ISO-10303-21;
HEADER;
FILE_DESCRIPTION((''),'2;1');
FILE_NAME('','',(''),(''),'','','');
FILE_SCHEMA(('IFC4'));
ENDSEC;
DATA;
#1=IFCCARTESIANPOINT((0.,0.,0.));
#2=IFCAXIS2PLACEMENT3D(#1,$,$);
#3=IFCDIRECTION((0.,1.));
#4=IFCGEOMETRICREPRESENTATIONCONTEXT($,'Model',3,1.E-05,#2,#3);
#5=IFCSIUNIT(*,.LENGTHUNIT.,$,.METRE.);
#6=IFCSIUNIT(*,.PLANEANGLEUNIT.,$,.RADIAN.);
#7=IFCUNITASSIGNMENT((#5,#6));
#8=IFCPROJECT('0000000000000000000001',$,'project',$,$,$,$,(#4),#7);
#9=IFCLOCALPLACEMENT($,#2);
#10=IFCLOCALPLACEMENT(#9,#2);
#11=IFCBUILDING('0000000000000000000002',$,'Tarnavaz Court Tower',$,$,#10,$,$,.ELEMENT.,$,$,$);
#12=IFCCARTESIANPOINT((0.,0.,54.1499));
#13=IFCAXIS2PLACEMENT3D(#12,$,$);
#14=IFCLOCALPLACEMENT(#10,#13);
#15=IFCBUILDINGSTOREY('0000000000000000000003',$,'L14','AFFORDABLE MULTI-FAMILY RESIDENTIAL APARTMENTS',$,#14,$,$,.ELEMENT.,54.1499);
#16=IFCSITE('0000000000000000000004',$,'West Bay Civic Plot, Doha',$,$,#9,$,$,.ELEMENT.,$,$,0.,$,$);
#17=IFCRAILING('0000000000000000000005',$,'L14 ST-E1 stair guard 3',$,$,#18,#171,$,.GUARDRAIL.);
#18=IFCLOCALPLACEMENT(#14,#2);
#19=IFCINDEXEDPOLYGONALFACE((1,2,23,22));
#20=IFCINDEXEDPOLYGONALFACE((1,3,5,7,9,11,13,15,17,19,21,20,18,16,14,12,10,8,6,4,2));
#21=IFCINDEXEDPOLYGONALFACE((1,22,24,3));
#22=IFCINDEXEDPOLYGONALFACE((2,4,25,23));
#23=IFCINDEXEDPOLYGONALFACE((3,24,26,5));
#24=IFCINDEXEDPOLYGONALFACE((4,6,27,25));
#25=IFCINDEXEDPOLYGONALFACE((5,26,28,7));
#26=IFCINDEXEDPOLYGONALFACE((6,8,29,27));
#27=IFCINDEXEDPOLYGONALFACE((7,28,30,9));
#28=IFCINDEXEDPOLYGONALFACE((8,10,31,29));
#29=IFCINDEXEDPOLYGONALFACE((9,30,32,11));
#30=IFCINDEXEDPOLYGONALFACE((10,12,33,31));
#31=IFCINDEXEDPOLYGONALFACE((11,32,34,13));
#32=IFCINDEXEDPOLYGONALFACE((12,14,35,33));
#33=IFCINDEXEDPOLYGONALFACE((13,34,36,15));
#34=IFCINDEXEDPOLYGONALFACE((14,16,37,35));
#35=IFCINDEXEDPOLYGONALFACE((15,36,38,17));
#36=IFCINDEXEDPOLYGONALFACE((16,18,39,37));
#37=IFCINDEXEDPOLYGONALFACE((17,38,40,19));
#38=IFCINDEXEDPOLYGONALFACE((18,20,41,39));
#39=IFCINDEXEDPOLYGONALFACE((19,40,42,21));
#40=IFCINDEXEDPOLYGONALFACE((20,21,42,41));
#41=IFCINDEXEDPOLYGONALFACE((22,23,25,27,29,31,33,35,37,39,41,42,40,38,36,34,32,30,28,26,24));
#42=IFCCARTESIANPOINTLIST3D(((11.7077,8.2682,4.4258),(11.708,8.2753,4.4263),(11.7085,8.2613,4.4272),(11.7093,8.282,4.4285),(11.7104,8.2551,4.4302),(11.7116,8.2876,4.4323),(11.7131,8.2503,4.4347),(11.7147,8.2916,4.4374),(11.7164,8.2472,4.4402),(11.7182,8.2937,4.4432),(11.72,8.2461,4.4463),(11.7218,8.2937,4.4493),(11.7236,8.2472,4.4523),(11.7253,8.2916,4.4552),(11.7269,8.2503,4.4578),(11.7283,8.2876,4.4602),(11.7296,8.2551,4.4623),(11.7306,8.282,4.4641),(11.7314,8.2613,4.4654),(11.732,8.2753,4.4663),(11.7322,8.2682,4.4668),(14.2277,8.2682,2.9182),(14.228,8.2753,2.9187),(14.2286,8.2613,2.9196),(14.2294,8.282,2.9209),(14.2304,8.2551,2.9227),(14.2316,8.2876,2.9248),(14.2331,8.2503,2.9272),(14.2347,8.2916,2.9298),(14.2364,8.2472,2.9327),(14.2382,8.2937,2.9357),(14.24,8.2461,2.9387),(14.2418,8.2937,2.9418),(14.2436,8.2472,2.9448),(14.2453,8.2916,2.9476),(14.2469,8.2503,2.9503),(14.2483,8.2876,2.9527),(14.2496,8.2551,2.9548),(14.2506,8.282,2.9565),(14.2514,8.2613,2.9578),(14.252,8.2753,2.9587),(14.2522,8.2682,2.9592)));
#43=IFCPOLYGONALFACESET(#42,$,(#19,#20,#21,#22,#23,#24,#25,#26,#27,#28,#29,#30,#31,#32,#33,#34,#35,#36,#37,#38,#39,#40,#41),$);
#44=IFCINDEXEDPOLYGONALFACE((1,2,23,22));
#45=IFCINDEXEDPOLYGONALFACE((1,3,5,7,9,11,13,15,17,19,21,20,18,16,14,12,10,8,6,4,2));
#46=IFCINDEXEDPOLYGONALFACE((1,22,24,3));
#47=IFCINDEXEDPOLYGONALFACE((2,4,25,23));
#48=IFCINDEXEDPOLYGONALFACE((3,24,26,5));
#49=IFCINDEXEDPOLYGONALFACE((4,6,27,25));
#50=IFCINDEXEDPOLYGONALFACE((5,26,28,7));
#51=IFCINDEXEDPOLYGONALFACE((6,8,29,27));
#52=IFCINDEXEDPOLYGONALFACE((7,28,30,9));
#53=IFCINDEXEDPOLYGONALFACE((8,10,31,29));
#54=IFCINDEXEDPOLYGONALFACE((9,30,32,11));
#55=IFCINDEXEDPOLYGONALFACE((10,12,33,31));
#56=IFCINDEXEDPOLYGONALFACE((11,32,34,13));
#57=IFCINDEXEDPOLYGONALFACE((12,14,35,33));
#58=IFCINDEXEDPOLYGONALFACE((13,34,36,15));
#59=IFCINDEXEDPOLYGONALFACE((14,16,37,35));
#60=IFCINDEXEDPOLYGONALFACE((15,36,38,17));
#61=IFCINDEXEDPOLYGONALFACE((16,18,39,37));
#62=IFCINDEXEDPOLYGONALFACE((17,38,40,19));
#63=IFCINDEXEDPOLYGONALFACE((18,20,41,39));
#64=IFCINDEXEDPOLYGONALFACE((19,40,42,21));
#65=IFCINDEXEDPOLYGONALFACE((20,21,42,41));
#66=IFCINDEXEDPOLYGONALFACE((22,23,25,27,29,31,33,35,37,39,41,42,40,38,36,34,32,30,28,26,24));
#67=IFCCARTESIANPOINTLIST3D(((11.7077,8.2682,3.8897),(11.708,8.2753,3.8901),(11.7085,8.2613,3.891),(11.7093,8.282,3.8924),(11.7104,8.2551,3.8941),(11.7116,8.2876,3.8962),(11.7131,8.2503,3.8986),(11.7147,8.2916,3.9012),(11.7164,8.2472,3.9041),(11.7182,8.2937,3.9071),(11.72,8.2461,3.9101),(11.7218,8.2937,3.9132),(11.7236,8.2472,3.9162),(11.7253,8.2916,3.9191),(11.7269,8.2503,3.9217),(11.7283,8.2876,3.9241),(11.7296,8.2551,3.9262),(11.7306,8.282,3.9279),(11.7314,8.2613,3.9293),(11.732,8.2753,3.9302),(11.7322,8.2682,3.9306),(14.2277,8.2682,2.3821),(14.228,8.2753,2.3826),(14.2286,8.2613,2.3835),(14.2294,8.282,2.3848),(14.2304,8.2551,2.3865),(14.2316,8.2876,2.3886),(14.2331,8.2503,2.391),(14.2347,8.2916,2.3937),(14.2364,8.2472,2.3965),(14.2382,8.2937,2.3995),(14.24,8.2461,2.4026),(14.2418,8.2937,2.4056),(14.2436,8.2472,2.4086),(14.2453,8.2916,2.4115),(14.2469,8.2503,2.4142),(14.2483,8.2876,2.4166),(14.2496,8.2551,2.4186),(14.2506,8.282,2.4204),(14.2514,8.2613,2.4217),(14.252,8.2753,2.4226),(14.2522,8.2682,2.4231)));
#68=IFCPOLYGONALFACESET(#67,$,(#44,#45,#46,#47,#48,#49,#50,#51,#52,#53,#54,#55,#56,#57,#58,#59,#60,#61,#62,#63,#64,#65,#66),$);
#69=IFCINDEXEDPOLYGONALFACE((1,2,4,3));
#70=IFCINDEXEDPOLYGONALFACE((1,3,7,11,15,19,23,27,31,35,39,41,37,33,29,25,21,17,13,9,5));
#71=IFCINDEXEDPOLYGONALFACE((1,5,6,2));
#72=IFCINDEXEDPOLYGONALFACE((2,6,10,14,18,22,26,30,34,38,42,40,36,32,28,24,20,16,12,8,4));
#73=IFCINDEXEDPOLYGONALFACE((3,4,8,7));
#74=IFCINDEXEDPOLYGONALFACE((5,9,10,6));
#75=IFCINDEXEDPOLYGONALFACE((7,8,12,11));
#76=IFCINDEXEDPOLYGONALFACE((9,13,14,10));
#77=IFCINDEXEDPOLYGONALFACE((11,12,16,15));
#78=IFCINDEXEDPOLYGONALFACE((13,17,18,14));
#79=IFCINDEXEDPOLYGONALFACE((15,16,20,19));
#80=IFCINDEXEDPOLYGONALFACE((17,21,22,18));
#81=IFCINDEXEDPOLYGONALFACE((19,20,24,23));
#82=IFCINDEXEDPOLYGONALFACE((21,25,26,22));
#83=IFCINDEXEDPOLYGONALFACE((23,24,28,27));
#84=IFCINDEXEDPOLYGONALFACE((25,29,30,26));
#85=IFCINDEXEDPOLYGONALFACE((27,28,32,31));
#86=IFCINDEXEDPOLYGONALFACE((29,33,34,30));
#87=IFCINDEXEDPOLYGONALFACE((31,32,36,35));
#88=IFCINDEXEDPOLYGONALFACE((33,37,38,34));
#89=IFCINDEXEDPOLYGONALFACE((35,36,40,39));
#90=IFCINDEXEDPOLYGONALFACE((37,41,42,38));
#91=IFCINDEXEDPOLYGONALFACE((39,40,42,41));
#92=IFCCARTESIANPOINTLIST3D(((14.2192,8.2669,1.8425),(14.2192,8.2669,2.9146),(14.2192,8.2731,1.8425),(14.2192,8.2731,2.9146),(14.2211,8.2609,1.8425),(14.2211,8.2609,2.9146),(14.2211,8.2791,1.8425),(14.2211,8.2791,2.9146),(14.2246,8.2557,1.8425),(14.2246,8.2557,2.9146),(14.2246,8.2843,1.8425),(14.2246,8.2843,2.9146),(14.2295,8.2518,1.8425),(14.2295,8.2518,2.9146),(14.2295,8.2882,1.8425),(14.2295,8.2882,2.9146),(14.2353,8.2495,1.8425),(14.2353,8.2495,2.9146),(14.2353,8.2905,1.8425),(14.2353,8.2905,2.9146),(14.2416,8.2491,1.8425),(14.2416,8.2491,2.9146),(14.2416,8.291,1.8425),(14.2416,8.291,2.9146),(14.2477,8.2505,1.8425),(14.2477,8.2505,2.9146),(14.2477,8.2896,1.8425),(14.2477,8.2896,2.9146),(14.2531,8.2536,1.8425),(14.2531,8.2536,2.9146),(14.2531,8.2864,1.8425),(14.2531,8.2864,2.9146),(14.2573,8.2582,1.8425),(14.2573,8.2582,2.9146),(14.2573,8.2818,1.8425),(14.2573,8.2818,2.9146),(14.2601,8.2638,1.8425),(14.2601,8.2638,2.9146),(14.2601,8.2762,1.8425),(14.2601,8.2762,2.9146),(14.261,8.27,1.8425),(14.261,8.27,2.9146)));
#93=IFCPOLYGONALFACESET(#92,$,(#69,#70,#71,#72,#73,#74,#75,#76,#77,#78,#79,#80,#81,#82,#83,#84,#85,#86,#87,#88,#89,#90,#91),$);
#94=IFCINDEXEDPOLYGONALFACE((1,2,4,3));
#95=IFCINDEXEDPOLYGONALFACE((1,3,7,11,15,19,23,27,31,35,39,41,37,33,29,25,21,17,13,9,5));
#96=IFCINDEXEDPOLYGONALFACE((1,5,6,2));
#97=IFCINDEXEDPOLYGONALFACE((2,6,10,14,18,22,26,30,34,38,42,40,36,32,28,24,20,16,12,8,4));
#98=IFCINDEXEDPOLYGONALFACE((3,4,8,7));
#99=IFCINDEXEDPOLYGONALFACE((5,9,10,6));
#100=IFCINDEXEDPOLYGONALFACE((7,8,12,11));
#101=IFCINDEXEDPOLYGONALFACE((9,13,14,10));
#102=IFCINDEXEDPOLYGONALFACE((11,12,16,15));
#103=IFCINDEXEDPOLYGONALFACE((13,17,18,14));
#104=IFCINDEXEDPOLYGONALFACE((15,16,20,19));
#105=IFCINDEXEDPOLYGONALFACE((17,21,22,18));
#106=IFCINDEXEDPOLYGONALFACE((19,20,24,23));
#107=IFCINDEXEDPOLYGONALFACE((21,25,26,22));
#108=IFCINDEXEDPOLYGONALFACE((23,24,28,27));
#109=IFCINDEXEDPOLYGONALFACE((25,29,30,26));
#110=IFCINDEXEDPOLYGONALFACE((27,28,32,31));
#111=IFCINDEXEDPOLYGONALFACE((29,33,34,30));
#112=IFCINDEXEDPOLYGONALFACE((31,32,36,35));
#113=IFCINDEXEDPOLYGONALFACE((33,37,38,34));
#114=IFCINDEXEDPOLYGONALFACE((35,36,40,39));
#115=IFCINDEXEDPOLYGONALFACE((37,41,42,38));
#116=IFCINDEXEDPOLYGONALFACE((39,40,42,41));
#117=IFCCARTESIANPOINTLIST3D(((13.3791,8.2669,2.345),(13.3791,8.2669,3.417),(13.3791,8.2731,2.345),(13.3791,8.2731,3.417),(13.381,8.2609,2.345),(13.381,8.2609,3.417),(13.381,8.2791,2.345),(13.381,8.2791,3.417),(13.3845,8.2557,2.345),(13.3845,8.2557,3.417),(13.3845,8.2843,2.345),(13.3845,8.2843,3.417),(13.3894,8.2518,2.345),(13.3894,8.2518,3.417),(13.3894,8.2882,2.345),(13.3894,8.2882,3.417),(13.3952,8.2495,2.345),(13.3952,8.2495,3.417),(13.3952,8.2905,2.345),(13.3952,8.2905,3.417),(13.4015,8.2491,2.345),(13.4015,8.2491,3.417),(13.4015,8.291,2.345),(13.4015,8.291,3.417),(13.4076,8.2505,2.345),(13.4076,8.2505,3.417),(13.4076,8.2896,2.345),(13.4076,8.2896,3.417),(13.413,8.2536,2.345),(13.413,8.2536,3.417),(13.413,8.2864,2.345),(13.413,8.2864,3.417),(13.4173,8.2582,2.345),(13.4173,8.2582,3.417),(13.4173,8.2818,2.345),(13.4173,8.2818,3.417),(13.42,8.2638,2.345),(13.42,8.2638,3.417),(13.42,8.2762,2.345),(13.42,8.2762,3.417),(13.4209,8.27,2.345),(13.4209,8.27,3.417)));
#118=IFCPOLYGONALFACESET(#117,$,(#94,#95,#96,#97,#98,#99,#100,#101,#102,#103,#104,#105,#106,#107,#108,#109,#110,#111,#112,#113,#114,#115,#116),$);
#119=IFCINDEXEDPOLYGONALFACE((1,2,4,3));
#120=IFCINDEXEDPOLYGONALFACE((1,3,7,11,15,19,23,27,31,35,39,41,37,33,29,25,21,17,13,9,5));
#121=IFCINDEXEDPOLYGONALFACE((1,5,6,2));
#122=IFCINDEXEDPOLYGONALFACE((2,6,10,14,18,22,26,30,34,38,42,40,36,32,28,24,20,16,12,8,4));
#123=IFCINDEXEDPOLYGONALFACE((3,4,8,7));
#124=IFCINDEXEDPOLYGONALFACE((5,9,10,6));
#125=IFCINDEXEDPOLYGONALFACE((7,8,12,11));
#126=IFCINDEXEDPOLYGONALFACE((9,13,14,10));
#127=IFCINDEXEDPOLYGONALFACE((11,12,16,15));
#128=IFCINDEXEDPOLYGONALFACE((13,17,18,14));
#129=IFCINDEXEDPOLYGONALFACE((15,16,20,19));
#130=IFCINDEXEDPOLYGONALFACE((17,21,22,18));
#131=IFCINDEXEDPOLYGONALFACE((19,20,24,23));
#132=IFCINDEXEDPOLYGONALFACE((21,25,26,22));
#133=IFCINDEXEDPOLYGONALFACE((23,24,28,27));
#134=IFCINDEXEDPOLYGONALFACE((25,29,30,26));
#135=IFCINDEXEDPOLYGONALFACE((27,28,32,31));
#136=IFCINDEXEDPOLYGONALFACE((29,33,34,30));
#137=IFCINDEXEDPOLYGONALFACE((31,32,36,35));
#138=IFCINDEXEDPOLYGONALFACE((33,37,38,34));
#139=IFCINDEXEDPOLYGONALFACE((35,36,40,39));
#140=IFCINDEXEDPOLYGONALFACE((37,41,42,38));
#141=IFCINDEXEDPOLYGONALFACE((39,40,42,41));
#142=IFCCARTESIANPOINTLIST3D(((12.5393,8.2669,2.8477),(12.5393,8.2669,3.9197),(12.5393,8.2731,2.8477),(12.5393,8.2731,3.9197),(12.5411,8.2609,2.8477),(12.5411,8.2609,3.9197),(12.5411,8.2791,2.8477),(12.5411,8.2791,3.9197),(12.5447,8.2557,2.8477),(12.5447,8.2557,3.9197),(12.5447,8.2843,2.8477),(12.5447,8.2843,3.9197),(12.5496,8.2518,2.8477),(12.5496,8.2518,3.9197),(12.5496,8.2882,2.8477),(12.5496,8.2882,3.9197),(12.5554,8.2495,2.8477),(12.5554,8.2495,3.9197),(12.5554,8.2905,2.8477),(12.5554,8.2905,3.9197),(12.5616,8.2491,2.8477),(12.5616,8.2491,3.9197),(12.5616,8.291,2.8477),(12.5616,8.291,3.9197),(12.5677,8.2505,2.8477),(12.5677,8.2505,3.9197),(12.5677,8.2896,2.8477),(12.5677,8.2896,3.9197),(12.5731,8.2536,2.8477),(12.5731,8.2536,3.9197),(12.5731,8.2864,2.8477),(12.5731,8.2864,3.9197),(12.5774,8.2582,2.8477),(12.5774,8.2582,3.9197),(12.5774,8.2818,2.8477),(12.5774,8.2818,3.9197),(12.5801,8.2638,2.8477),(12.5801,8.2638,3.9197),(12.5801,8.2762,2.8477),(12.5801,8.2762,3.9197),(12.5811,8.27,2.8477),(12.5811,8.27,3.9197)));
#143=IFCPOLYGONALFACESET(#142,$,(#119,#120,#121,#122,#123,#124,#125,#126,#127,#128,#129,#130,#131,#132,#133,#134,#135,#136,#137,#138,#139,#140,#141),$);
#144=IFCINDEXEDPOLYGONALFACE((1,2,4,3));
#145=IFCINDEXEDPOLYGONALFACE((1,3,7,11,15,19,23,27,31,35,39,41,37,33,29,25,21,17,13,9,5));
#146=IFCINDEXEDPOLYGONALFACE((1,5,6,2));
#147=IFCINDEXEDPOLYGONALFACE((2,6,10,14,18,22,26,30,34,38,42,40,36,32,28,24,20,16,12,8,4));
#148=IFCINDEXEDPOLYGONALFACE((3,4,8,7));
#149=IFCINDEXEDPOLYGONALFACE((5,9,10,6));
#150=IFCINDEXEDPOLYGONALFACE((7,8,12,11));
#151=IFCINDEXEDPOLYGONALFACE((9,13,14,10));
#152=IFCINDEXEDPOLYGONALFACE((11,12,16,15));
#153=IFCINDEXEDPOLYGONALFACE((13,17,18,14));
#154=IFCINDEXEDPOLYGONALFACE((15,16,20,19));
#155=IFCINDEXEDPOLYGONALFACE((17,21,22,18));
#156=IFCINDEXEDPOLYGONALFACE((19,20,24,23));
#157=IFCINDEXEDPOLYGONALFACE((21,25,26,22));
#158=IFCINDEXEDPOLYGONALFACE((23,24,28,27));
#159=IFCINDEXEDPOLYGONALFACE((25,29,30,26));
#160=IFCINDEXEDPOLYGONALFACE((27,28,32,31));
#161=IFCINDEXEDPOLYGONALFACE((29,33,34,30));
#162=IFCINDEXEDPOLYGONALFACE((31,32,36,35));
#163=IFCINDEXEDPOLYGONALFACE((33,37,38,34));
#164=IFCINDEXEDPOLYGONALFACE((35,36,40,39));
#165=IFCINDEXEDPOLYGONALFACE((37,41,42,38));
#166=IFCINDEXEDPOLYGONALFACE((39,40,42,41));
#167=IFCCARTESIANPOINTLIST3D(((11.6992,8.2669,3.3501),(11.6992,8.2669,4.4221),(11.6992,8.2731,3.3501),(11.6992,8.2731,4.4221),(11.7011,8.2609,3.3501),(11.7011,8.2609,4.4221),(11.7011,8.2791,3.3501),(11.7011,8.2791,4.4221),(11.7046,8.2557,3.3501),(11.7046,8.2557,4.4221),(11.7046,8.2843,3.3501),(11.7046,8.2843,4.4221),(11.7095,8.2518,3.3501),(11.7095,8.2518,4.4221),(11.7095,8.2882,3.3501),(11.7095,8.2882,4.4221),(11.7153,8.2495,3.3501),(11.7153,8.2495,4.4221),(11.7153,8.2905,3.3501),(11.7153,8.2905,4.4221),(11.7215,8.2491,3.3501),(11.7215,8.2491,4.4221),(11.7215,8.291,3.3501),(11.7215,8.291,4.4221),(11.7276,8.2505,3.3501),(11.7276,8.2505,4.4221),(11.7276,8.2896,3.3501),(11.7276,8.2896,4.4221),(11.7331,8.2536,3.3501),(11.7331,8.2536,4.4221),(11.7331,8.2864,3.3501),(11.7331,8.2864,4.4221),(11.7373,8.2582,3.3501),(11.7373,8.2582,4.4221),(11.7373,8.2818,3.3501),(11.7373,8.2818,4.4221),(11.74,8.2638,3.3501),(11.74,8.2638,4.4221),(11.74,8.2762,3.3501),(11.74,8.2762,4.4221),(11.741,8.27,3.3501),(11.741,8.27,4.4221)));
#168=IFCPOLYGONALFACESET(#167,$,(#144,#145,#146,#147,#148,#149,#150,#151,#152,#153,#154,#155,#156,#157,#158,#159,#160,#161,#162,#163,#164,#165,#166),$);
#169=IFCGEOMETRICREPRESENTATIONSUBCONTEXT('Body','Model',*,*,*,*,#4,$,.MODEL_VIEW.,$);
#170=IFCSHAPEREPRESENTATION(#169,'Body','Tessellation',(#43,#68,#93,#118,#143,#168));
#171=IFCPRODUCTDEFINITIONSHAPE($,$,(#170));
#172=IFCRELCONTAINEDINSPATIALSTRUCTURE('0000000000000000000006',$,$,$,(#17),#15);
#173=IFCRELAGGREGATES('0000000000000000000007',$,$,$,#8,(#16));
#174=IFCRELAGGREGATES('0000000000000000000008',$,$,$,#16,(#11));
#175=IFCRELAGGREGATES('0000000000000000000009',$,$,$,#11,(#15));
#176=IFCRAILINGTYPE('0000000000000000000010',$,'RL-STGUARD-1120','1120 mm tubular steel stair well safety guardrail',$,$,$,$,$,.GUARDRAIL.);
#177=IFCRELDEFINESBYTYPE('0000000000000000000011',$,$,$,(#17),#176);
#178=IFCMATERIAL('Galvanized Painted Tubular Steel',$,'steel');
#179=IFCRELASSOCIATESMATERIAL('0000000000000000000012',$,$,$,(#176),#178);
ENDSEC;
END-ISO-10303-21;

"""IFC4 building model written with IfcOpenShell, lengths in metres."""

from ifc_helpers import new_model, si_unit, direction, frame, origin, origin_2d, place, context, subcontext, project, spatial, circle, extrude, material, type_object, element, save


model = new_model("IFC4")

# Units and contexts
model_context = context("Model", 3, precision=1e-05, world=origin(), true_north=direction((0.0, 1.0)))
body_context = subcontext(model_context, "Body", "Model", "MODEL_VIEW")
ifc_project = project(units=[si_unit("LENGTHUNIT", "METRE"), si_unit("PLANEANGLEUNIT", "RADIAN")], contexts=[model_context])

# Site, building, storey
site_placement = place(None, origin())
site = spatial("IfcSite", under=ifc_project, at=site_placement, Name="West Bay Civic Plot, Doha", CompositionType="ELEMENT", RefElevation=0.0)
building_placement = place(site_placement, origin())
building = spatial("IfcBuilding", under=site, at=building_placement, Name="Tarnavaz Court Tower", CompositionType="ELEMENT")
storey_placement = place(building_placement, frame((0.0, 0.0, 54.1499)))
storey = spatial("IfcBuildingStorey", under=building, at=storey_placement, Name="L14", Description="AFFORDABLE MULTI-FAMILY RESIDENTIAL APARTMENTS", CompositionType="ELEMENT", Elevation=54.1499)

# Railing
ifc_material_1 = material(Name="Galvanized Painted Tubular Steel", Category="steel")
railing_type_1 = type_object("IfcRailingType", Name="RL-STGUARD-1120", Description="1120 mm tubular steel stair well safety guardrail", PredefinedType="GUARDRAIL", material=ifc_material_1)
railing_1_placement = place(storey_placement, frame((14.24, 8.27, 1.8425)))
element("IfcRailing", 1, at=railing_1_placement, inside=storey, type_object=railing_type_1, Name="L14 ST-E1 stair guard 3", PredefinedType="GUARDRAIL", context=body_context, shape_type="SweptSolid", body=[
    extrude(circle(Radius=0.0239, at=origin_2d()), frame((0.0, 0.0, 1.0962), z_axis=(-0.85816, 0.0, 0.513383), x_axis=(0.0, -1.0, 0.0)), (0.0, 0.0, 1.0), 2.9365),
    extrude(circle(Radius=0.0239, at=origin_2d()), frame((0.0, 0.0, 0.5601), z_axis=(-0.85816, 0.0, 0.513383), x_axis=(0.0, -1.0, 0.0)), (0.0, 0.0, 1.0), 2.9365),
    extrude(circle(Radius=0.021, at=origin_2d()), origin(), (0.0, 0.0, 1.0), 1.072),
    extrude(circle(Radius=0.021, at=origin_2d()), frame((-0.8401, 0.0, 0.5024)), (0.0, 0.0, 1.0), 1.072),
    extrude(circle(Radius=0.021, at=origin_2d()), frame((-1.6799, 0.0, 1.0051)), (0.0, 0.0, 1.0), 1.072),
    extrude(circle(Radius=0.021, at=origin_2d()), frame((-2.52, 0.0, 1.5076)), (0.0, 0.0, 1.0), 1.072),
])

save(model, "model.ifc")
